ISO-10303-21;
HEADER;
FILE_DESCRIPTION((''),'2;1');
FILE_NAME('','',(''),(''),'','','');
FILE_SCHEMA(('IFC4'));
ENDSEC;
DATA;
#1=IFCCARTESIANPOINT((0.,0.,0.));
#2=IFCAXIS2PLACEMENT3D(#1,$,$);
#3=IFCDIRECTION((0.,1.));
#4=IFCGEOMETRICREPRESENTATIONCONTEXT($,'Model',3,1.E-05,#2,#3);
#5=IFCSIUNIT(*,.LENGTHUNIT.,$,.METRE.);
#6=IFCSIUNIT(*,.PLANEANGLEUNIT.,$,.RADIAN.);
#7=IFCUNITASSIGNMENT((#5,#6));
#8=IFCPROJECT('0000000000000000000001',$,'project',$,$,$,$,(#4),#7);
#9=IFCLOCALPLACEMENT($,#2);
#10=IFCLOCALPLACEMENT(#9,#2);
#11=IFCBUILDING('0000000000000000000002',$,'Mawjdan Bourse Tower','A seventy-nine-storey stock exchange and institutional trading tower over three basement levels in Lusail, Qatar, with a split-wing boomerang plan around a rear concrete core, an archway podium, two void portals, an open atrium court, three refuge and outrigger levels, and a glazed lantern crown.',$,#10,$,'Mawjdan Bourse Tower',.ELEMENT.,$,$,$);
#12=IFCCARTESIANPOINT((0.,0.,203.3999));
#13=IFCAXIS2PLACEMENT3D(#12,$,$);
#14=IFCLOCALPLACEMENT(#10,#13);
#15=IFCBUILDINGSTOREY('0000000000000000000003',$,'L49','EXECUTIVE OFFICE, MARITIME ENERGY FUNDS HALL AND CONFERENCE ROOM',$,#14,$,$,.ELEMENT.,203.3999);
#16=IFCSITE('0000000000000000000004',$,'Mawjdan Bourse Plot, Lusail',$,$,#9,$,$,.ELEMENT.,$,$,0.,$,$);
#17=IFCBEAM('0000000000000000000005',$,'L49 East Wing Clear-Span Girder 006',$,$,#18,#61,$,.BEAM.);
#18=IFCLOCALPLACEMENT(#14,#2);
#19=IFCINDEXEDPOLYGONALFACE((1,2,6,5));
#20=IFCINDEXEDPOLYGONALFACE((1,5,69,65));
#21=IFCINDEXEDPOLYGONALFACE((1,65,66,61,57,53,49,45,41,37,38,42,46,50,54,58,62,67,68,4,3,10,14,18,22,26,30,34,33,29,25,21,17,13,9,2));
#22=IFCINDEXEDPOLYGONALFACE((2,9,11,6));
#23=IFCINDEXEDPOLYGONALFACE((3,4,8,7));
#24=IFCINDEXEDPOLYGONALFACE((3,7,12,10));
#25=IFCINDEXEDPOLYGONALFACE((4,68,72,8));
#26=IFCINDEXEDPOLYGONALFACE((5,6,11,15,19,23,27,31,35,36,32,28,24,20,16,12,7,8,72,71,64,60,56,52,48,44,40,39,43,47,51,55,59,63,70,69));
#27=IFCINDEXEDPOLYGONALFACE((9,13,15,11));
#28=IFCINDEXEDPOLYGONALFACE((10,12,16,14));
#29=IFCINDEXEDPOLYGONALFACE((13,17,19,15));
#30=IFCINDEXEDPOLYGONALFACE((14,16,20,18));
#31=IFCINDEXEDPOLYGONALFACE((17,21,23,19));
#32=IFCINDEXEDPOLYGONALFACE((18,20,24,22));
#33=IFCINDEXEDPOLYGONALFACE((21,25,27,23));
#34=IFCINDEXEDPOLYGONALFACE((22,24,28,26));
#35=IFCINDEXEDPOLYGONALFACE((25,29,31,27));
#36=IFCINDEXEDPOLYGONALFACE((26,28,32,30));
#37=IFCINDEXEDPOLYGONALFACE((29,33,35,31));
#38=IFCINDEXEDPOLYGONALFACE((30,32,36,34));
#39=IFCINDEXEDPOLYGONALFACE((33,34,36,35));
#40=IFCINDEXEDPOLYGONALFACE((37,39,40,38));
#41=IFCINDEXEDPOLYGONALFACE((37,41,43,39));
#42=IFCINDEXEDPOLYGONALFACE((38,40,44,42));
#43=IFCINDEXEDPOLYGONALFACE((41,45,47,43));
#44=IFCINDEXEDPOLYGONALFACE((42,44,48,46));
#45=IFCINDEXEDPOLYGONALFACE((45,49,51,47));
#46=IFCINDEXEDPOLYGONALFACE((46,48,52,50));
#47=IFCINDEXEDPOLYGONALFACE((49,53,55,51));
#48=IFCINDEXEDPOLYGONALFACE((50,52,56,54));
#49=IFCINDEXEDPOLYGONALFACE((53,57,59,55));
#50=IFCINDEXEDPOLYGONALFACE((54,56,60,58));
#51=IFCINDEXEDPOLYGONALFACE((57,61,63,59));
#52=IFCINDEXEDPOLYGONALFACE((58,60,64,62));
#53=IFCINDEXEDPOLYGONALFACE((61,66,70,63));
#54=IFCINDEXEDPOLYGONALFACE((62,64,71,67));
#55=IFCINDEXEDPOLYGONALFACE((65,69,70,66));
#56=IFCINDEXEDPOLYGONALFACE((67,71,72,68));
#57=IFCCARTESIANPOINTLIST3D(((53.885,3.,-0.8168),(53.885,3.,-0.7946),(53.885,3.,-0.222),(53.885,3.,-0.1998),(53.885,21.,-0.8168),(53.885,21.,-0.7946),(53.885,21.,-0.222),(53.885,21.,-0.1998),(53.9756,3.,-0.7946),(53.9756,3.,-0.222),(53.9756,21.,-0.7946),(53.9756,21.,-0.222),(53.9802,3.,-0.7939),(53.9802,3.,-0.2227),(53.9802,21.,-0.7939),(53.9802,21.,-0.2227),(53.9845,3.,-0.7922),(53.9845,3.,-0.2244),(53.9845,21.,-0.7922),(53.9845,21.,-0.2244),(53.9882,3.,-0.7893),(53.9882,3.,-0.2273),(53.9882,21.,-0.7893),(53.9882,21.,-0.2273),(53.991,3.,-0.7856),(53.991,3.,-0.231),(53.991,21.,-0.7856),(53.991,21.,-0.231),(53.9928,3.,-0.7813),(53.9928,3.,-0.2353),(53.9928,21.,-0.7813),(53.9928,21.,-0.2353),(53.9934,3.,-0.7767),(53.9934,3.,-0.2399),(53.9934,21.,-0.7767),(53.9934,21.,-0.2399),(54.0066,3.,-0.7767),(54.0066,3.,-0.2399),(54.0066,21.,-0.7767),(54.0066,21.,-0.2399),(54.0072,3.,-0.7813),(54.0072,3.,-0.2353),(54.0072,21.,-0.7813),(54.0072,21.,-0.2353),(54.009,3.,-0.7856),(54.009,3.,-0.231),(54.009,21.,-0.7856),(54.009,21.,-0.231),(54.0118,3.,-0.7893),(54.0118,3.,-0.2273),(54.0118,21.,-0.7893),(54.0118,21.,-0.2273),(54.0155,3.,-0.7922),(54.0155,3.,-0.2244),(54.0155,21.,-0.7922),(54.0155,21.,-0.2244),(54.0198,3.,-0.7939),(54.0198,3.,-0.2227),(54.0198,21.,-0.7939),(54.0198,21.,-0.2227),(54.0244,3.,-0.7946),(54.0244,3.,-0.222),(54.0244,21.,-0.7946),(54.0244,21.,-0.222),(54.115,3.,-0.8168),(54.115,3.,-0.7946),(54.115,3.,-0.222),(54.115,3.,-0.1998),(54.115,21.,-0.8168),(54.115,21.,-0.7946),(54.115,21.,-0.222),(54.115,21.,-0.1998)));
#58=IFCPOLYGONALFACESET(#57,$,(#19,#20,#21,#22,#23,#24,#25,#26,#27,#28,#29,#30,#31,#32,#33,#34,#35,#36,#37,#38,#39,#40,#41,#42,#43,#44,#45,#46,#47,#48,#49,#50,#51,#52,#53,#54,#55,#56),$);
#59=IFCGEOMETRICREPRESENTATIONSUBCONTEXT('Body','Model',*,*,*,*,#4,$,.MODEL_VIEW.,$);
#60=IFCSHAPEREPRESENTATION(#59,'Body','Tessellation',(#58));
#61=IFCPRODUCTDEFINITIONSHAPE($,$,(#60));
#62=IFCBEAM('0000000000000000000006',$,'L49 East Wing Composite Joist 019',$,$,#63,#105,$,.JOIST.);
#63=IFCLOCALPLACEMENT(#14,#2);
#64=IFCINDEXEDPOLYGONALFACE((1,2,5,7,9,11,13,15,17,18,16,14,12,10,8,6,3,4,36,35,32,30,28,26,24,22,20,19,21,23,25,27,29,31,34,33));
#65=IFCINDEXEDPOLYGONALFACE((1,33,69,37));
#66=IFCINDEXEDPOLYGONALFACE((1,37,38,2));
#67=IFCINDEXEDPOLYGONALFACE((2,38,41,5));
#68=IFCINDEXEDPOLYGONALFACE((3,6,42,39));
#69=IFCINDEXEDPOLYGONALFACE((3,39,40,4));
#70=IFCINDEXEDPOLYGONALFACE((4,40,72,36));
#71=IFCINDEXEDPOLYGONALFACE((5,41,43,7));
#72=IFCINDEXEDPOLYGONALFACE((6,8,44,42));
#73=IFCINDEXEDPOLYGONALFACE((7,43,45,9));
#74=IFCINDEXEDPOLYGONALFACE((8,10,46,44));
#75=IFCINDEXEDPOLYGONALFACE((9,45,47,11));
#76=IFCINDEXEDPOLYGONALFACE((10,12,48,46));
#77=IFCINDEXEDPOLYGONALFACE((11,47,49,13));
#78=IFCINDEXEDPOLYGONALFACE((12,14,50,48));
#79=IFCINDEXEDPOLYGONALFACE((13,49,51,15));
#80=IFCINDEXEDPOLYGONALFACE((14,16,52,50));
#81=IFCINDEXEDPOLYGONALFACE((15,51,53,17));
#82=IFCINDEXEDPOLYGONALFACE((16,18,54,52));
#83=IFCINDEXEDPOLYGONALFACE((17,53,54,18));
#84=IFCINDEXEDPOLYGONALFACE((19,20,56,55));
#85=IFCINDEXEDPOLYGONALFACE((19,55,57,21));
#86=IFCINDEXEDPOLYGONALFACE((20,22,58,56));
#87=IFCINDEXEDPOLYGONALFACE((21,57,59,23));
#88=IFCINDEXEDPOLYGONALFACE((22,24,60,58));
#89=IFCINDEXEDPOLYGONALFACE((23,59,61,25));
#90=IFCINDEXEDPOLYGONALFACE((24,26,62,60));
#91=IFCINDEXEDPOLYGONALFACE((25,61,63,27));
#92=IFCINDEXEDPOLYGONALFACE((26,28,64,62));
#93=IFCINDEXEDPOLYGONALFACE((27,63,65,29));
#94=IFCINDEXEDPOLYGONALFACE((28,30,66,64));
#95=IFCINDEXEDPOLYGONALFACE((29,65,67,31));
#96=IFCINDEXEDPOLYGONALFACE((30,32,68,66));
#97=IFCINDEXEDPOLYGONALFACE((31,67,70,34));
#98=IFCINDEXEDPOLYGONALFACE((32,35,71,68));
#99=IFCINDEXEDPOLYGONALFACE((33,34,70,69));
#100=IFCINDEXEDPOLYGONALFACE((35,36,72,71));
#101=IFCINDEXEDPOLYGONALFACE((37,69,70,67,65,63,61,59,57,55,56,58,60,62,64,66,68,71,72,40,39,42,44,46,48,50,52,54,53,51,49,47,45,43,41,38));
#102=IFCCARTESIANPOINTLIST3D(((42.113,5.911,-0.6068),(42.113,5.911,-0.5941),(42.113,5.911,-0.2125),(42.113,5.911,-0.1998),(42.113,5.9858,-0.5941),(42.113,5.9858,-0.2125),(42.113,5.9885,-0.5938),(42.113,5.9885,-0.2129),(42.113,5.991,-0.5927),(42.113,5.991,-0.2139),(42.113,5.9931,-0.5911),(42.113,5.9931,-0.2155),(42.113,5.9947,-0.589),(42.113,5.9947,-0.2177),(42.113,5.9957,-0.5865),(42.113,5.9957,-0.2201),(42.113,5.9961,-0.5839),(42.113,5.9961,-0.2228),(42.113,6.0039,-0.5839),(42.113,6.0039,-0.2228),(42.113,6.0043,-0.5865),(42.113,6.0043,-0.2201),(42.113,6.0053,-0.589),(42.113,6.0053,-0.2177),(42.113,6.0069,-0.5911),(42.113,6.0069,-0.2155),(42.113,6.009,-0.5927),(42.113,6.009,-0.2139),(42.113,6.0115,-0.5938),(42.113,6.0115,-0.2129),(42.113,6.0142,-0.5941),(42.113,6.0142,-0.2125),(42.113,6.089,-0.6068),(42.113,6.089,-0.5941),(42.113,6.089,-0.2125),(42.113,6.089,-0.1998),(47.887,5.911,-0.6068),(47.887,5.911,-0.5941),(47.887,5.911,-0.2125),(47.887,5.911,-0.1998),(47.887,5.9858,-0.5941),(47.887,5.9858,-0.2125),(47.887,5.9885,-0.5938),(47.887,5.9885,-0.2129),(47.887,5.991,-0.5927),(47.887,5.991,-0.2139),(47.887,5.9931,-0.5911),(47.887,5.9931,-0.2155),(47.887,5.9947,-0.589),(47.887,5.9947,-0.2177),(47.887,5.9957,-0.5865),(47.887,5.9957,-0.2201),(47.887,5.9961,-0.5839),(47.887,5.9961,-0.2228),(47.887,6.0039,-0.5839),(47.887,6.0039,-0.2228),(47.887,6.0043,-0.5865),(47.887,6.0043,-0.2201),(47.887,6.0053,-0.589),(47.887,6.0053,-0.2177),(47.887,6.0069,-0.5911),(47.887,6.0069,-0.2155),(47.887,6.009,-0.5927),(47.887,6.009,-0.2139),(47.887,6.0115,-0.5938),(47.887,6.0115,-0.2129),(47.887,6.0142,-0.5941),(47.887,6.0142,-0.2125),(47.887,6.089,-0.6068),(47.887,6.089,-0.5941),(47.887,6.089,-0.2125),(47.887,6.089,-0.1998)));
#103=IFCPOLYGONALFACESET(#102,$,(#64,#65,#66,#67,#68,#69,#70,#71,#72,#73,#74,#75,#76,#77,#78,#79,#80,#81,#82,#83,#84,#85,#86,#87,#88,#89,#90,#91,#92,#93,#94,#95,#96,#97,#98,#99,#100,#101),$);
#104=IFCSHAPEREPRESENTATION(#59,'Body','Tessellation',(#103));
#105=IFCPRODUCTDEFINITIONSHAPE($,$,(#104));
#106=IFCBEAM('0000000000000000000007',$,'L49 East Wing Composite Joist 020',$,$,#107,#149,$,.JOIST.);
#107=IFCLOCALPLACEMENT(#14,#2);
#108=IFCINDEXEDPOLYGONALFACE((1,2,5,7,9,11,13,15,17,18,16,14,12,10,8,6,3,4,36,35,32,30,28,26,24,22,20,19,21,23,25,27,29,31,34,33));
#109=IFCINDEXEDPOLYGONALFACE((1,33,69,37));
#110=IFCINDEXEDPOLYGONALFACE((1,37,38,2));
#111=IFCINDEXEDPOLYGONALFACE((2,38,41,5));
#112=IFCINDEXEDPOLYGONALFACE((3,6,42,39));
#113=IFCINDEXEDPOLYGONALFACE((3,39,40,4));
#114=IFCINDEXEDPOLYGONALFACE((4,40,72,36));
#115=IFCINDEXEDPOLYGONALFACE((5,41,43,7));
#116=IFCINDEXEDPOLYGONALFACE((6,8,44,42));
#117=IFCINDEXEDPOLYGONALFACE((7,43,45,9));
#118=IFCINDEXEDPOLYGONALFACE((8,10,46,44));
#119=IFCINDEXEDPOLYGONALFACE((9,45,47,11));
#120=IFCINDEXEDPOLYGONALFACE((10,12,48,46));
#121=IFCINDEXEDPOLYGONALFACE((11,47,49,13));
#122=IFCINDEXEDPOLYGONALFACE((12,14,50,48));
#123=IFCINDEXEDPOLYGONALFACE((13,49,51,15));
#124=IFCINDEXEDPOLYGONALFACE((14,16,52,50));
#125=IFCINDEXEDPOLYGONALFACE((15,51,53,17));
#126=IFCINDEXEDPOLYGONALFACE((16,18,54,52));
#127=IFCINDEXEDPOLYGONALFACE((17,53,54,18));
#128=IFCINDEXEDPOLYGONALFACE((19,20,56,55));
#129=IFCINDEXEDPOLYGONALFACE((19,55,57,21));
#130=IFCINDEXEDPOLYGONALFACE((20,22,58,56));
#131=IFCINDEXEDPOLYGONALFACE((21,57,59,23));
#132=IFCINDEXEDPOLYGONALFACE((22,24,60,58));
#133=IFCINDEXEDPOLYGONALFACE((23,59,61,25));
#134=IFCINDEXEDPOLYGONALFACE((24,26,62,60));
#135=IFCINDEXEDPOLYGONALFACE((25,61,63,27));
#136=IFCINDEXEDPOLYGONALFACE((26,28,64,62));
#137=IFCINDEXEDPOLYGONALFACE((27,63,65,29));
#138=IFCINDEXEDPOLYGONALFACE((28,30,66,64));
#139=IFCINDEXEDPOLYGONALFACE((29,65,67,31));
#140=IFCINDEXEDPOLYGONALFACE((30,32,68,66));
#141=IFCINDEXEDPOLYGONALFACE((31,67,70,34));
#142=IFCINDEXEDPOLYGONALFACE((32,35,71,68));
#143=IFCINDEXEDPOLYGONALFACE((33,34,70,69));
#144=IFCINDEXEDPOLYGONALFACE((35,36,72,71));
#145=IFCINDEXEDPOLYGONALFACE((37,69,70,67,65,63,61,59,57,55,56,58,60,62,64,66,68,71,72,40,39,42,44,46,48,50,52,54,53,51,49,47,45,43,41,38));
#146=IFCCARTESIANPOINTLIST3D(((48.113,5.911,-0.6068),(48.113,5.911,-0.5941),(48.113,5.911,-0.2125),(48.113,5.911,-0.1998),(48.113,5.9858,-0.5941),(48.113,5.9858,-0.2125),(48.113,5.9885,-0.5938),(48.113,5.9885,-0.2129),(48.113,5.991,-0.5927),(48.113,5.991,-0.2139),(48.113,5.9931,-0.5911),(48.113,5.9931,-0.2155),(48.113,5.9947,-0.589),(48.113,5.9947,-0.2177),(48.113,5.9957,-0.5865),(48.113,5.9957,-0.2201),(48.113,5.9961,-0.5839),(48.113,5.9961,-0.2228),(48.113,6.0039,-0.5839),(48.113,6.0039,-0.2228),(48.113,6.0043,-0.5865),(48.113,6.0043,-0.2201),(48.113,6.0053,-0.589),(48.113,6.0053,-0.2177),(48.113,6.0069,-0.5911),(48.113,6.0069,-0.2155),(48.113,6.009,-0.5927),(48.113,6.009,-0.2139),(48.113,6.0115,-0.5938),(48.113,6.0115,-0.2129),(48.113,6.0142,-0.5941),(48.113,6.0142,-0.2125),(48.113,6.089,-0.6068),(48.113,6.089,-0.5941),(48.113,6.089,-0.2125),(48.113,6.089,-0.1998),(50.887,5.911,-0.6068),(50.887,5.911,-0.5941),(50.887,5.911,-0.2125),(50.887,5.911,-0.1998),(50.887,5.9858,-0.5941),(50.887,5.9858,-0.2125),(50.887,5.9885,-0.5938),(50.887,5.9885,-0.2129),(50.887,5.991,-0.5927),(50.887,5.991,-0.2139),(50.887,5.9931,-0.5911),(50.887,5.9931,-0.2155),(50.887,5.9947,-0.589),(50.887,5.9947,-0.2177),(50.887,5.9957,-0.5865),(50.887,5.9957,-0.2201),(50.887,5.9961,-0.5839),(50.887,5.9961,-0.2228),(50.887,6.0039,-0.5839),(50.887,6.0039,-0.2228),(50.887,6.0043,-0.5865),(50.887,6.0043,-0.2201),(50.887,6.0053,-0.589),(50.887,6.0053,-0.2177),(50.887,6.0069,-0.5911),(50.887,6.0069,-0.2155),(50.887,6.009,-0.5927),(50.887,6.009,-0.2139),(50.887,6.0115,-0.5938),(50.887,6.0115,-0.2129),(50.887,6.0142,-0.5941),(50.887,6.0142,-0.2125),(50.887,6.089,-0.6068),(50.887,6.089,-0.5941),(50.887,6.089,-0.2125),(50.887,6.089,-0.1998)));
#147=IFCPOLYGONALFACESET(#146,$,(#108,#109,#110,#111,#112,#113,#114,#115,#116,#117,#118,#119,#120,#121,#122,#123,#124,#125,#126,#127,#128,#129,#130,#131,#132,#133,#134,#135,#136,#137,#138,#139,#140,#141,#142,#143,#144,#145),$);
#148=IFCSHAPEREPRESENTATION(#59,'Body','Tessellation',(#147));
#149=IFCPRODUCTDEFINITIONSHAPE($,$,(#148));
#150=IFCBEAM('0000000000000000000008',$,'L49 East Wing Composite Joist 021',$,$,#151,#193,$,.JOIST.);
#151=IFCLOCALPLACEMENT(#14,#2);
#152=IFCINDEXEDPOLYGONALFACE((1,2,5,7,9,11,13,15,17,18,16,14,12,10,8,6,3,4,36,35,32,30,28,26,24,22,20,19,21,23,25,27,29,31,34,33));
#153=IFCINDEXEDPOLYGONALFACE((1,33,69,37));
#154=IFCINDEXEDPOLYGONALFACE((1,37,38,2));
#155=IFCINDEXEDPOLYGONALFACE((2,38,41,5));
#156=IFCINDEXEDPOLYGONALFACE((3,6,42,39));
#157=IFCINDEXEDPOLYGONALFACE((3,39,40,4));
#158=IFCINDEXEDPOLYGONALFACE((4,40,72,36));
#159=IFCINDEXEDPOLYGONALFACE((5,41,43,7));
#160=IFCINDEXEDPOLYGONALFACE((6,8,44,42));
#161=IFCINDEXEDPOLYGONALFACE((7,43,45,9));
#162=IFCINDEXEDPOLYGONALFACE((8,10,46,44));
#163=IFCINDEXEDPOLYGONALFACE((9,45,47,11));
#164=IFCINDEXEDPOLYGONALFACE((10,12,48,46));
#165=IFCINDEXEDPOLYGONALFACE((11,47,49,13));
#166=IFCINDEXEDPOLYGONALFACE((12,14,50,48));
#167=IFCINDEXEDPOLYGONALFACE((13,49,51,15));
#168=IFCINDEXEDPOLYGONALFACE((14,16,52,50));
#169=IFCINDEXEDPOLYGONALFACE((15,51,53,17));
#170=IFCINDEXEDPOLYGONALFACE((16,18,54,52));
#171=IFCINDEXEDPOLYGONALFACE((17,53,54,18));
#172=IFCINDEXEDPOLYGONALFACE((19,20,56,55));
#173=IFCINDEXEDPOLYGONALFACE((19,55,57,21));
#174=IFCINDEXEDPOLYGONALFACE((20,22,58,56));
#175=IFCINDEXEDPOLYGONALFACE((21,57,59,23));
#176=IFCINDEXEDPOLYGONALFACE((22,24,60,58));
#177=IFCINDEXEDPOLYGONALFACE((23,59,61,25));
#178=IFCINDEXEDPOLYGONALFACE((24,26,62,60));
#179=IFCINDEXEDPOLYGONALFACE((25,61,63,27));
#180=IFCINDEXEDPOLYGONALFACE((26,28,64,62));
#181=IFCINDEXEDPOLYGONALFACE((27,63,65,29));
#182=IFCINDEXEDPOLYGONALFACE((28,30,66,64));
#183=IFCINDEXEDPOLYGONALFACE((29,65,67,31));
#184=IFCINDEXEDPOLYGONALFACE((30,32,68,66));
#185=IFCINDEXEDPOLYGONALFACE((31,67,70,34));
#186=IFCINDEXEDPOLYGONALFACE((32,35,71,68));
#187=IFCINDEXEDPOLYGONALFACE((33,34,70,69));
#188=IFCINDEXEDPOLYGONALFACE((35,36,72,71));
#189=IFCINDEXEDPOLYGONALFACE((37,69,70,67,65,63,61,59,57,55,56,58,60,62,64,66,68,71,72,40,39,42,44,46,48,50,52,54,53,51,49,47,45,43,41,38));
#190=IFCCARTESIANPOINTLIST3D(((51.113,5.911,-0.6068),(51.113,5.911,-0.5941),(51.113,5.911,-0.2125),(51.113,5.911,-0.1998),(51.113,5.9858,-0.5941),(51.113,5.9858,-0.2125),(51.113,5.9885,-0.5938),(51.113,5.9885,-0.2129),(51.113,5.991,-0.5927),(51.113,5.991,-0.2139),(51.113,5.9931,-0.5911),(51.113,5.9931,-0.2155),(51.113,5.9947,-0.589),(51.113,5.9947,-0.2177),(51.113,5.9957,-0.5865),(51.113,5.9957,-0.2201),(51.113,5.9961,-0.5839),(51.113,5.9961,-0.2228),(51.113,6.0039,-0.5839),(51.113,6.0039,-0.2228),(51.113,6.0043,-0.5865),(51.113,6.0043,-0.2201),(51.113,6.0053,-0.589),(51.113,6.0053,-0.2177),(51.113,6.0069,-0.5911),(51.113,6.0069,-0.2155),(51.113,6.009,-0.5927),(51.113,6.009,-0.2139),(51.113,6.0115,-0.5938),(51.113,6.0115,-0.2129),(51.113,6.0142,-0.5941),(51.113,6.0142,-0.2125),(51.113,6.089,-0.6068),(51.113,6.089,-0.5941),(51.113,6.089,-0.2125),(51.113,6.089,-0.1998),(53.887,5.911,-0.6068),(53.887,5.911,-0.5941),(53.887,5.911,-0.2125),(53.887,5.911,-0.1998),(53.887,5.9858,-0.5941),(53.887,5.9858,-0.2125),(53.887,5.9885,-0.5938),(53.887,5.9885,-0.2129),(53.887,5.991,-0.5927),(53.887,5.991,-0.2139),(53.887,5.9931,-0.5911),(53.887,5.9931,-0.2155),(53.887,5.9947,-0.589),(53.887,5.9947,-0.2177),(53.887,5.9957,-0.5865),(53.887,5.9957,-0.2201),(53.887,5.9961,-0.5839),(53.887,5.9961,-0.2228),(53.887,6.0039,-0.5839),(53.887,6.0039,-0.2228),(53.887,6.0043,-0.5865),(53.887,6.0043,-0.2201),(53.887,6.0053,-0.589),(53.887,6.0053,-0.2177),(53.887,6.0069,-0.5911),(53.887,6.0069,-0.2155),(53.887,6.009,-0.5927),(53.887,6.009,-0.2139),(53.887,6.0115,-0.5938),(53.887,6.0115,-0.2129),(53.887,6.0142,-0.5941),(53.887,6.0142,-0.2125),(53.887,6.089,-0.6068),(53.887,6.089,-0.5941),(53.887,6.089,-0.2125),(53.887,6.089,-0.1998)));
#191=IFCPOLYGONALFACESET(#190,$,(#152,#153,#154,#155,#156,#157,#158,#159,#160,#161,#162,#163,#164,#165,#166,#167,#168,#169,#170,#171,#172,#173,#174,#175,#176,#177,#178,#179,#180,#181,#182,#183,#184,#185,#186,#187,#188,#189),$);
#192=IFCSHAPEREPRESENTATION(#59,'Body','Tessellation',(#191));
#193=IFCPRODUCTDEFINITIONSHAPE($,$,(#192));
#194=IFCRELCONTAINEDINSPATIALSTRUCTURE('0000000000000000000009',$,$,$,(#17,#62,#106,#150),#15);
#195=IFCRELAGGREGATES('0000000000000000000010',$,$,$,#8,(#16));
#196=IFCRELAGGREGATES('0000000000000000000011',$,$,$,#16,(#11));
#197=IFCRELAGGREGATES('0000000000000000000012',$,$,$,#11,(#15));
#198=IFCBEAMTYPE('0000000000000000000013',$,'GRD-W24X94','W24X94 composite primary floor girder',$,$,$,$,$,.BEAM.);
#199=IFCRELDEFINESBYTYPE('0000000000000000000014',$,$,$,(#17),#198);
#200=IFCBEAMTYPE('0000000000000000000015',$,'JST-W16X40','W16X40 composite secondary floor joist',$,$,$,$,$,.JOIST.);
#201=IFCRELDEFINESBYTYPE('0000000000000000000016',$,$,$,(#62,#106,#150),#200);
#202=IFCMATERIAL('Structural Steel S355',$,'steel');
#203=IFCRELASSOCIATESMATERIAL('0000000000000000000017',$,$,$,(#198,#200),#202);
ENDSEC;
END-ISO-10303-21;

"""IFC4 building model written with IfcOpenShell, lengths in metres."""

from ifc_helpers import new_model, si_unit, direction, frame, origin, origin_2d, place, context, subcontext, project, spatial, i_section, extrude, material, material_profile, profile_set, type_object, element, save


model = new_model("IFC4")

# Units and contexts
model_context = context("Model", 3, precision=1e-05, world=origin(), true_north=direction((0.0, 1.0)))
body_context = subcontext(model_context, "Body", "Model", "MODEL_VIEW")
ifc_project = project(units=[si_unit("LENGTHUNIT", "METRE"), si_unit("PLANEANGLEUNIT", "RADIAN")], contexts=[model_context])

# Site, building, storey
site_placement = place(None, origin())
site = spatial("IfcSite", under=ifc_project, at=site_placement, Name="Mawjdan Bourse Plot, Lusail", CompositionType="ELEMENT", RefElevation=0.0)
building_placement = place(site_placement, origin())
building = spatial("IfcBuilding", under=site, at=building_placement, Name="Mawjdan Bourse Tower", Description="A seventy-nine-storey stock exchange and institutional trading tower over three basement levels in Lusail, Qatar, with a split-wing boomerang plan around a rear concrete core, an archway podium, two void portals, an open atrium court, three refuge and outrigger levels, and a glazed lantern crown.", LongName="Mawjdan Bourse Tower", CompositionType="ELEMENT")
storey_placement = place(building_placement, frame((0.0, 0.0, 203.3999)))
storey = spatial("IfcBuildingStorey", under=building, at=storey_placement, Name="L49", Description="EXECUTIVE OFFICE, MARITIME ENERGY FUNDS HALL AND CONFERENCE ROOM", CompositionType="ELEMENT", Elevation=203.3999)

# Beams
ifc_material_1 = material(Name="Structural Steel S355", Category="steel")
ifc_material_profile_1 = material_profile(ifc_material_1, i_section(OverallWidth=0.23, OverallDepth=0.6169, WebThickness=0.0132, FlangeThickness=0.0222, FilletRadius=0.0178, at=origin_2d()), Name="W24X94")
ifc_profile_set_1 = profile_set([ifc_material_profile_1], Name="Structural Steel S355")
beam_type_1 = type_object("IfcBeamType", Name="GRD-W24X94", Description="W24X94 composite primary floor girder", PredefinedType="BEAM", material=ifc_profile_set_1)
for number, where, z_axis, x_axis, name in (
    (1, (54.0, 3.0, -0.5083), (0.0, 1.0, 0.0), (-1.0, 0.0, 0.0), "L49 East Wing Clear-Span Girder 006"),
):
    element("IfcBeam", number, at=place(storey_placement, frame(where, z_axis=z_axis, x_axis=x_axis)), inside=storey, type_object=beam_type_1, Name=name, PredefinedType="BEAM", context=body_context, shape_type="SweptSolid", body=[
        extrude(i_section(OverallWidth=0.23, OverallDepth=0.6169, WebThickness=0.0132, FlangeThickness=0.0222, FilletRadius=0.0178, at=origin_2d()), origin(), (0.0, 0.0, 1.0), 18.0),
    ])
ifc_material_profile_2 = material_profile(ifc_material_1, i_section(OverallWidth=0.178, OverallDepth=0.407, WebThickness=0.0078, FlangeThickness=0.0127, FilletRadius=0.0103, at=origin_2d()), Name="W16X40")
ifc_profile_set_2 = profile_set([ifc_material_profile_2], Name="Structural Steel S355")
beam_type_2 = type_object("IfcBeamType", Name="JST-W16X40", Description="W16X40 composite secondary floor joist", PredefinedType="JOIST", material=ifc_profile_set_2)
beam_1_placement = place(storey_placement, frame((42.113, 6.0, -0.4033), z_axis=(1.0, 0.0, 0.0), x_axis=(0.0, 1.0, 0.0)))
element("IfcBeam", 2, at=beam_1_placement, inside=storey, type_object=beam_type_2, Name="L49 East Wing Composite Joist 019", PredefinedType="JOIST", context=body_context, shape_type="SweptSolid", body=[
    extrude(i_section(OverallWidth=0.178, OverallDepth=0.407, WebThickness=0.0078, FlangeThickness=0.0127, FilletRadius=0.0103, at=origin_2d()), origin(), (0.0, 0.0, 1.0), 5.7739),
])
for number, where, z_axis, x_axis, name in (
    (3, (48.113, 6.0, -0.4033), (1.0, 0.0, 0.0), (0.0, 1.0, 0.0), "L49 East Wing Composite Joist 020"),
    (4, (51.113, 6.0, -0.4033), (1.0, 0.0, 0.0), (0.0, 1.0, 0.0), "L49 East Wing Composite Joist 021"),
):
    element("IfcBeam", number, at=place(storey_placement, frame(where, z_axis=z_axis, x_axis=x_axis)), inside=storey, type_object=beam_type_2, Name=name, PredefinedType="JOIST", context=body_context, shape_type="SweptSolid", body=[
        extrude(i_section(OverallWidth=0.178, OverallDepth=0.407, WebThickness=0.0078, FlangeThickness=0.0127, FilletRadius=0.0103, at=origin_2d()), origin(), (0.0, 0.0, 1.0), 2.7739),
    ])

save(model, "model.ifc")
